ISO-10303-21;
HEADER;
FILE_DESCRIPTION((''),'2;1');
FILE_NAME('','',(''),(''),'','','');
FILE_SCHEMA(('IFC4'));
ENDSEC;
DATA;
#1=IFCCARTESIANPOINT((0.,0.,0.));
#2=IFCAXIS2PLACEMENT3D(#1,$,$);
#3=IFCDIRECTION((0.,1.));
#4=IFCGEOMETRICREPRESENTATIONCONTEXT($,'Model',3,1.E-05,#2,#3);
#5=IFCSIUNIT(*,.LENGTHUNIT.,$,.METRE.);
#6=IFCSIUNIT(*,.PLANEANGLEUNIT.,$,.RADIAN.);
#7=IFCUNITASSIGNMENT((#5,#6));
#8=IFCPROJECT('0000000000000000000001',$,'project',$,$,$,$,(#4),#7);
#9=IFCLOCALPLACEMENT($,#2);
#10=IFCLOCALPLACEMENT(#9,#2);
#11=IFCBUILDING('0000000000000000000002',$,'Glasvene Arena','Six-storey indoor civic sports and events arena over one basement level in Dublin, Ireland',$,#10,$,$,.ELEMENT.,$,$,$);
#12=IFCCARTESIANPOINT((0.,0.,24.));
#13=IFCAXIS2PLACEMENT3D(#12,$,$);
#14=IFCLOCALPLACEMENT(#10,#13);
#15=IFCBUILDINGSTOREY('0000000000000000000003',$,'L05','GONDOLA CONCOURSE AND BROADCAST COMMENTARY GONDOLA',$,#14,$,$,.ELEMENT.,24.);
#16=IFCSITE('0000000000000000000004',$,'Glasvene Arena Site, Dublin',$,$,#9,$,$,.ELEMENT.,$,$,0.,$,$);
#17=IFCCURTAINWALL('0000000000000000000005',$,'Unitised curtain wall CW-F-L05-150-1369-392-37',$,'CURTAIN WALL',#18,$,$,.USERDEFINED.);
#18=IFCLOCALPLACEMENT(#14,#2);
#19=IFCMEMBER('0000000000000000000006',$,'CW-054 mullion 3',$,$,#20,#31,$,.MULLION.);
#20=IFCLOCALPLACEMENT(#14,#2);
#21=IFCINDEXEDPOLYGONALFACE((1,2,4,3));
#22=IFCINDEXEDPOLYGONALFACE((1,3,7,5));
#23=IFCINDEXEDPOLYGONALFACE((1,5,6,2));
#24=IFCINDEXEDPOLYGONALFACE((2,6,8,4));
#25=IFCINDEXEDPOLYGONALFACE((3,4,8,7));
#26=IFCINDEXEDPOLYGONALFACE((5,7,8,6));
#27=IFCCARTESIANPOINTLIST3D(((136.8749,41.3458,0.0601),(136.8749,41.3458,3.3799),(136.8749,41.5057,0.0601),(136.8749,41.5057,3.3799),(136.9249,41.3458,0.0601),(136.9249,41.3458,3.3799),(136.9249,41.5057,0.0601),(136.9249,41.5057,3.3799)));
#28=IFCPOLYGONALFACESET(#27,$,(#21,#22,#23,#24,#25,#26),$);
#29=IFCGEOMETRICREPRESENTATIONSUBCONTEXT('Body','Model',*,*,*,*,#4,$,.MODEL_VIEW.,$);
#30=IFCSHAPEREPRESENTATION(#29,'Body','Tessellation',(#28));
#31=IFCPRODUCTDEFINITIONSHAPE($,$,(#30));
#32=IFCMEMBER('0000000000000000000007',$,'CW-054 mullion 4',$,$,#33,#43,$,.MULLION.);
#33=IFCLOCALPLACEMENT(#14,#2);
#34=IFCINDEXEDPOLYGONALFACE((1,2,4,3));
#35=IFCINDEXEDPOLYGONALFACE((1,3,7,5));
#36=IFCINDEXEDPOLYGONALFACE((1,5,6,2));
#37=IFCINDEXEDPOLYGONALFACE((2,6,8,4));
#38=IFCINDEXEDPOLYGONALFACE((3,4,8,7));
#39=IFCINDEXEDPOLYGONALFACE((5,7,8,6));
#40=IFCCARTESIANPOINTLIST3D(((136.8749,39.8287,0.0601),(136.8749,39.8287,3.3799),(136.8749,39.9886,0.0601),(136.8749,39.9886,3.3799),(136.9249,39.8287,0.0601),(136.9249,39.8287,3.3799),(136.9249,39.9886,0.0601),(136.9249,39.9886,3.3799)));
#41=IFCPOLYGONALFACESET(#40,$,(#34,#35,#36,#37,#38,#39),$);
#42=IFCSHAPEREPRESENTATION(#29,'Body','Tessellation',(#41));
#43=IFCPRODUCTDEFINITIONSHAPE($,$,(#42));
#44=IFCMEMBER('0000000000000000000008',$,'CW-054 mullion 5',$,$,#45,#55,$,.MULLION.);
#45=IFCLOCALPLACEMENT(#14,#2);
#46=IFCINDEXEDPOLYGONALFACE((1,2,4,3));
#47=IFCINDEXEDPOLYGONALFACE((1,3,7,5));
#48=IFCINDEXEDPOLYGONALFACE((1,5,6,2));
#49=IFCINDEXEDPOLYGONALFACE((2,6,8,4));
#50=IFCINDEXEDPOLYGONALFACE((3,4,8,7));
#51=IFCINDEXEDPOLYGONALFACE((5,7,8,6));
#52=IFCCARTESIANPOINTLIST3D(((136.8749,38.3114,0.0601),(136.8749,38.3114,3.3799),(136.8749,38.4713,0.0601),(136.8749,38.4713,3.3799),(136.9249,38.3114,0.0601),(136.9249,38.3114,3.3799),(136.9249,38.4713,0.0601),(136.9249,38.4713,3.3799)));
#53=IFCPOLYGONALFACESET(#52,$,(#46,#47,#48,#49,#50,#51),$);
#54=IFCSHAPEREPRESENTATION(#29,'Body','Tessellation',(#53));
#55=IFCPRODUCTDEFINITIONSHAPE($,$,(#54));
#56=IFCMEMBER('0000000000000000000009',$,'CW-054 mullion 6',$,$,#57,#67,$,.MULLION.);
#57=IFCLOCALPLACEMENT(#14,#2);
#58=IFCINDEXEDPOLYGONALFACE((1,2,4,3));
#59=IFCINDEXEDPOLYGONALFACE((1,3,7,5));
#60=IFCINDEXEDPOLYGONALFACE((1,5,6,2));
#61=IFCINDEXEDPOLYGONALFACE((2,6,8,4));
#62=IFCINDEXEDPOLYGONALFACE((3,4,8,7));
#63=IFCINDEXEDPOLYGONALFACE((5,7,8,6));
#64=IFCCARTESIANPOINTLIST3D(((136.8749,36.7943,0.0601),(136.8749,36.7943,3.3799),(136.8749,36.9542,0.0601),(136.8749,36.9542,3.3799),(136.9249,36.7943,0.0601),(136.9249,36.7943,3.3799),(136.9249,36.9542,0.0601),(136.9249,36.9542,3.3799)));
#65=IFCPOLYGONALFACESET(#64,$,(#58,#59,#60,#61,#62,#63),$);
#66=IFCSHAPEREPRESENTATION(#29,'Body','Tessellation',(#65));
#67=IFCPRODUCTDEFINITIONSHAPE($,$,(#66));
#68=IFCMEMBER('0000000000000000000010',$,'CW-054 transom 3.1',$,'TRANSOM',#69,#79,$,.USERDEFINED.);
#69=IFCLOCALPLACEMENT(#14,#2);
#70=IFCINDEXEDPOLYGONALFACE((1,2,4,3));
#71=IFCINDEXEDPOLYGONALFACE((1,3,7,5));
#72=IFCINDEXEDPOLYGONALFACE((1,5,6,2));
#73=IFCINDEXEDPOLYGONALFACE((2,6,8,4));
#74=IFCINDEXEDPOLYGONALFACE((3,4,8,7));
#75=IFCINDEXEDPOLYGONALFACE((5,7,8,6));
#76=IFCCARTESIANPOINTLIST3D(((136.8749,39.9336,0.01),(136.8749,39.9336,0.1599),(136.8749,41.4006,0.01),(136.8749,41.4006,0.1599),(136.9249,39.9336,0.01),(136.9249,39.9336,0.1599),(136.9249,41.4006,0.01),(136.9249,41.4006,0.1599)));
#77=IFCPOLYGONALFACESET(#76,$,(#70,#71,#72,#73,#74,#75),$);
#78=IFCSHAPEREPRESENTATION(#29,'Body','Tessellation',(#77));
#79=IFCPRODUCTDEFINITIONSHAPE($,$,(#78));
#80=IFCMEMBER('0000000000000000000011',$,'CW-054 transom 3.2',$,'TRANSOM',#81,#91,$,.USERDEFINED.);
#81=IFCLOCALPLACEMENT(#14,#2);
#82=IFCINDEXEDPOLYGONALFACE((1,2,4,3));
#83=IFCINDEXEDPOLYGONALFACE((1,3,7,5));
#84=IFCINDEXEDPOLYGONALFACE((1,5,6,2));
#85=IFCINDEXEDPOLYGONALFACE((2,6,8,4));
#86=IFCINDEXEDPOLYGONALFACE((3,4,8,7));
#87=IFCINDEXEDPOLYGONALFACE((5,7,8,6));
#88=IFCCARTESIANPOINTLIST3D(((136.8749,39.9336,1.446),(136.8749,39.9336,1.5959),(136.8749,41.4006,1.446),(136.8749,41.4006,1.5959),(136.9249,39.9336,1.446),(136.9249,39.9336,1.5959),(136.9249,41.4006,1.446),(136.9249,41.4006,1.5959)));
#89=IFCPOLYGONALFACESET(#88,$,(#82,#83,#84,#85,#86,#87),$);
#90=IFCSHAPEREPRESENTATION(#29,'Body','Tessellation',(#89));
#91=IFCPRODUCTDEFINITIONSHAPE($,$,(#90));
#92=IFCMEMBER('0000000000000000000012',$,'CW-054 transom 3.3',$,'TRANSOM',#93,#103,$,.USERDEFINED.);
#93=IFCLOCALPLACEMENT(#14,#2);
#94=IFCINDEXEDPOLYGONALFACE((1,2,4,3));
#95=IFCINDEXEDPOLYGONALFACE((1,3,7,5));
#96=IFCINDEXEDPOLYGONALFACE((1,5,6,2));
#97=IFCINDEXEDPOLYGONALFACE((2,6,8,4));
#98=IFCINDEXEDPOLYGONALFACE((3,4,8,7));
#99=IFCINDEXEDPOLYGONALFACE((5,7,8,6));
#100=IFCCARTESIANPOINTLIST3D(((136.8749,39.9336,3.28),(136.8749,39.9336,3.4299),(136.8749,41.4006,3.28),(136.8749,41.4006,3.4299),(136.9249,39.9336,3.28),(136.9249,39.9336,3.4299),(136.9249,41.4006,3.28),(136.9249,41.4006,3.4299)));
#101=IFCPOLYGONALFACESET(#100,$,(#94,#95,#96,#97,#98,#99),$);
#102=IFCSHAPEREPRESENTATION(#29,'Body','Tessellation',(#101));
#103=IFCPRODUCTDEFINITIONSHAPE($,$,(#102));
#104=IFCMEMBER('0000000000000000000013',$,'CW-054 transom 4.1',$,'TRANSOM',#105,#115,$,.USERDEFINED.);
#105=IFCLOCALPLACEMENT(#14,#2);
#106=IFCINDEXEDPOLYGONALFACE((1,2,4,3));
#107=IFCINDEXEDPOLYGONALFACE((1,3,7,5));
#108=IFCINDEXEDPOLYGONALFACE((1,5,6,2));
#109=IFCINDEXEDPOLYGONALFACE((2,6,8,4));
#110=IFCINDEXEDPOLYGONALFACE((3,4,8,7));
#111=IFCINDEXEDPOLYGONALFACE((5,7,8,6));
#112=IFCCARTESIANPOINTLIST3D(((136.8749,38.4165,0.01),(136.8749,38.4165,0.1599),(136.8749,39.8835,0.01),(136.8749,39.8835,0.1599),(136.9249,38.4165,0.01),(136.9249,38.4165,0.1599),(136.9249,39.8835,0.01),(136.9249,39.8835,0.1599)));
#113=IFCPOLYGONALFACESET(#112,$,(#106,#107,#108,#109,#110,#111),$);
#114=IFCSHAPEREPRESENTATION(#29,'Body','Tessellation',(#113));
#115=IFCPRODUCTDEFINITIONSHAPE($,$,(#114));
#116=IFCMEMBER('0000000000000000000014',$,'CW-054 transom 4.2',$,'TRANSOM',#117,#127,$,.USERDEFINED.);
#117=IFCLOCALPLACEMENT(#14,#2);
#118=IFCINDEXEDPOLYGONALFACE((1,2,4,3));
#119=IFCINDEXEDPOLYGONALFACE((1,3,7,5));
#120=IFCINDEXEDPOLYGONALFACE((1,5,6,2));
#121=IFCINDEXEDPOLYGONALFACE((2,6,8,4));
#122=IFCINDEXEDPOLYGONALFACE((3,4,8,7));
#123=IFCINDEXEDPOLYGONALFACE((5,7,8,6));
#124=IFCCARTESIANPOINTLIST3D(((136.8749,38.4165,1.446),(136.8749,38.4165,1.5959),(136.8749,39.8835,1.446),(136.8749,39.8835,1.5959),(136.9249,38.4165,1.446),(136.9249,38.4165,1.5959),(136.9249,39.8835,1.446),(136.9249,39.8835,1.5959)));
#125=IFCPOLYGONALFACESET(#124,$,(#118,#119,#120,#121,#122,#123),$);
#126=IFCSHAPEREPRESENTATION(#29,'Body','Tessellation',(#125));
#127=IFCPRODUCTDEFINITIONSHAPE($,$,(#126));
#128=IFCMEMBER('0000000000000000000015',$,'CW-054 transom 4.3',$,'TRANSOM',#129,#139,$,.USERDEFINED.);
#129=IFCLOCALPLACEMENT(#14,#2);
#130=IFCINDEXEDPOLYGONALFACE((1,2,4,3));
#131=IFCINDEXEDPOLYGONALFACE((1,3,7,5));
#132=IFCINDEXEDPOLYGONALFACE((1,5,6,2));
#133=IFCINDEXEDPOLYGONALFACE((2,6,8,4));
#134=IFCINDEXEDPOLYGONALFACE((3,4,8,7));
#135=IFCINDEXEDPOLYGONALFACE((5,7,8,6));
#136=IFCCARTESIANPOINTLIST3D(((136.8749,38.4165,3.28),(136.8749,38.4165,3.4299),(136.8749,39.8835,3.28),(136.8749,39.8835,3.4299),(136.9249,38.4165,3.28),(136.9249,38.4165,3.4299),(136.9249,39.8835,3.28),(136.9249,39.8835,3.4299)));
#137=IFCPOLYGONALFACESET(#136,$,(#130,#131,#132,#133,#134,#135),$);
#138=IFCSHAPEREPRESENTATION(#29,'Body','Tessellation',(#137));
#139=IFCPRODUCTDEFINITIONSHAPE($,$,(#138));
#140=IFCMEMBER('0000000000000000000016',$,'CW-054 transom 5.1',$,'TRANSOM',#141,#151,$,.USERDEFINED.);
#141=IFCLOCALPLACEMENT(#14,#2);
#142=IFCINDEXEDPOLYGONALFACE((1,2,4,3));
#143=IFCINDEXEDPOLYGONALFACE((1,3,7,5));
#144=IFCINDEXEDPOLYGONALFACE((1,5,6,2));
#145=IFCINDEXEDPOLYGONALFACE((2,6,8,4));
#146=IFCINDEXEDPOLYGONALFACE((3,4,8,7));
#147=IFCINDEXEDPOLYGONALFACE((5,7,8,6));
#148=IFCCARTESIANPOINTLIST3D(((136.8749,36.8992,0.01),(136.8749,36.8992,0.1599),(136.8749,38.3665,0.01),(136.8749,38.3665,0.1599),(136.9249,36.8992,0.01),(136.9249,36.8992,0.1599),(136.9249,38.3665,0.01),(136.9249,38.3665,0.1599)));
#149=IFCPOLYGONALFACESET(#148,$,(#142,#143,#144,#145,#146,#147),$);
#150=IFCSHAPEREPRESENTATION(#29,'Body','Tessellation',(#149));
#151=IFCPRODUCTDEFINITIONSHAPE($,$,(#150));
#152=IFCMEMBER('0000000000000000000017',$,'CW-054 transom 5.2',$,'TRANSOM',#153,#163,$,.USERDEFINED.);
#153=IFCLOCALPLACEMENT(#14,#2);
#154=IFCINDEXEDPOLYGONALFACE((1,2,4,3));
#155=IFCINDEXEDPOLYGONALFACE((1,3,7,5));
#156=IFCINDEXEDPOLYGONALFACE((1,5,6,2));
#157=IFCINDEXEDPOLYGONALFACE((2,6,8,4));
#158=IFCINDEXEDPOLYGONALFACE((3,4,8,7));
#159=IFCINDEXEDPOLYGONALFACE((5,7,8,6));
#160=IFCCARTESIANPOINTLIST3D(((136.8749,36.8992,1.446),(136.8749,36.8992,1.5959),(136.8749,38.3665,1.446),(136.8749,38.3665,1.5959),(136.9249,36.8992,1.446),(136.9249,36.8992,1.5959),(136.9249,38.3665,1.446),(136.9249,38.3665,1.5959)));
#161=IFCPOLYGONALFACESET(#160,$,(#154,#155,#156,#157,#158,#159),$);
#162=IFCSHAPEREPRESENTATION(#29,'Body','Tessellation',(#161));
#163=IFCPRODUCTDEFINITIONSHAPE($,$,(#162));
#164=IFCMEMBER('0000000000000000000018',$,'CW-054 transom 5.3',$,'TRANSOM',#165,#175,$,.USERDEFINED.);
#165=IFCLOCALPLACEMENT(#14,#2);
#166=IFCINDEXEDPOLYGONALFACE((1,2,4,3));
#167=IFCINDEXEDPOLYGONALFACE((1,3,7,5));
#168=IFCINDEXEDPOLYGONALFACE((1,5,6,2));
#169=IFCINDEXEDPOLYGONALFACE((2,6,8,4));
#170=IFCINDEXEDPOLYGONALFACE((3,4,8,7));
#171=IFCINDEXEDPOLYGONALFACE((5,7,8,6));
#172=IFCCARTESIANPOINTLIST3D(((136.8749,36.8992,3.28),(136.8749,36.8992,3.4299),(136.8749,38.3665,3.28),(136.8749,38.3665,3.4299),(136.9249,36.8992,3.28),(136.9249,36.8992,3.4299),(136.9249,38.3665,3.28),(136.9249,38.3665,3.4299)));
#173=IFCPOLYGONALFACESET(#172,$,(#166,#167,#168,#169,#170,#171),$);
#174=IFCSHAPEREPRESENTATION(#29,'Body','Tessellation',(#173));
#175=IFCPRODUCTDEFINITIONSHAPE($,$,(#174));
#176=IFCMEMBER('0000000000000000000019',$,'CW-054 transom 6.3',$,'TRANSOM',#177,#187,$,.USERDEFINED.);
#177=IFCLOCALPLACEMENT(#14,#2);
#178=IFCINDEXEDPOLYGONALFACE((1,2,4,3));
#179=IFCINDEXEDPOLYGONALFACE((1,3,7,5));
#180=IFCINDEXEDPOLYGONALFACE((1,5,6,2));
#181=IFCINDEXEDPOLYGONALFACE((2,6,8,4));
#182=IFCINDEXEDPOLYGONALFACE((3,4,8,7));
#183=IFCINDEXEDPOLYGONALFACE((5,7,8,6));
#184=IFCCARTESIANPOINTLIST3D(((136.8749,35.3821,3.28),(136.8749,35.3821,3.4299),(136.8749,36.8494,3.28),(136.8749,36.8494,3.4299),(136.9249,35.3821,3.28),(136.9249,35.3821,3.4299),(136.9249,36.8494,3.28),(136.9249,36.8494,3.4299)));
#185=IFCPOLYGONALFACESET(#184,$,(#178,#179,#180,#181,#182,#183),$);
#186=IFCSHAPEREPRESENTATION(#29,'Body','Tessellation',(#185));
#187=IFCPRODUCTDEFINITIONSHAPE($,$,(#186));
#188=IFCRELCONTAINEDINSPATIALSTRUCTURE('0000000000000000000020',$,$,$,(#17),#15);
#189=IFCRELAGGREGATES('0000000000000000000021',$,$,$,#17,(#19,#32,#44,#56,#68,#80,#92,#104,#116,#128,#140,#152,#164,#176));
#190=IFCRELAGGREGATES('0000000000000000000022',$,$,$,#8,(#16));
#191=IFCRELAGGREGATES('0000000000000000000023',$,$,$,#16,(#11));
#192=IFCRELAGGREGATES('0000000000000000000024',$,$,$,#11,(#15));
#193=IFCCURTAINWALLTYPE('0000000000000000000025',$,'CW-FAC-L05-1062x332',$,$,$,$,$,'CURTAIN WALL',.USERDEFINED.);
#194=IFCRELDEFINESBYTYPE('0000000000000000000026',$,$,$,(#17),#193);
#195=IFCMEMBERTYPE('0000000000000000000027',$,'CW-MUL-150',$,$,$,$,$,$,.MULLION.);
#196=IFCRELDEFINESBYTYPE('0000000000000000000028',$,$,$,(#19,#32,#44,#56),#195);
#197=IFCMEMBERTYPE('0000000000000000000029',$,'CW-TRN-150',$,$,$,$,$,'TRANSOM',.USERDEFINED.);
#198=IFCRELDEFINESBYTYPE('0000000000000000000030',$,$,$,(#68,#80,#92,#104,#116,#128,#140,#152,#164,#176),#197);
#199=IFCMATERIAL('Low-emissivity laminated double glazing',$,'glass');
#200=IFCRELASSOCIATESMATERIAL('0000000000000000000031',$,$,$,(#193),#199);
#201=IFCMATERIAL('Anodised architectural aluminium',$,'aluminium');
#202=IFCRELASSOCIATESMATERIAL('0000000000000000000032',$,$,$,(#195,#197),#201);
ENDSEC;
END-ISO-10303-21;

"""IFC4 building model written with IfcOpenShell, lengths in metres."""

from ifc_helpers import new_model, si_unit, direction, frame, origin, origin_2d, place, context, subcontext, project, spatial, rectangle, extrude, material, material_profile, profile_set, type_object, element, aggregate, save


model = new_model("IFC4")

# Units and contexts
model_context = context("Model", 3, precision=1e-05, world=origin(), true_north=direction((0.0, 1.0)))
body_context = subcontext(model_context, "Body", "Model", "MODEL_VIEW")
ifc_project = project(units=[si_unit("LENGTHUNIT", "METRE"), si_unit("PLANEANGLEUNIT", "RADIAN")], contexts=[model_context])

# Site, building, storey
site_placement = place(None, origin())
site = spatial("IfcSite", under=ifc_project, at=site_placement, Name="Glasvene Arena Site, Dublin", CompositionType="ELEMENT", RefElevation=0.0)
building_placement = place(site_placement, origin())
building = spatial("IfcBuilding", under=site, at=building_placement, Name="Glasvene Arena", Description="Six-storey indoor civic sports and events arena over one basement level in Dublin, Ireland", CompositionType="ELEMENT")
storey_placement = place(building_placement, frame((0.0, 0.0, 24.0)))
storey = spatial("IfcBuildingStorey", under=building, at=storey_placement, Name="L05", Description="GONDOLA CONCOURSE AND BROADCAST COMMENTARY GONDOLA", CompositionType="ELEMENT", Elevation=24.0)

# Curtain wall, members
ifc_material_1 = material(Name="Low-emissivity laminated double glazing", Category="glass")
curtain_wall_type = type_object("IfcCurtainWallType", Name="CW-FAC-L05-1062x332", ElementType="CURTAIN WALL", PredefinedType="USERDEFINED", material=ifc_material_1)
curtain_wall_placement = place(storey_placement, frame((136.8999, 44.46, 0.0)))
curtain_wall = element("IfcCurtainWall", 1, at=curtain_wall_placement, inside=storey, type_object=curtain_wall_type, Name="Unitised curtain wall CW-F-L05-150-1369-392-37", ObjectType="CURTAIN WALL", PredefinedType="USERDEFINED")
ifc_material_2 = material(Name="Anodised architectural aluminium", Category="aluminium")
ifc_material_profile_1 = material_profile(ifc_material_2, rectangle(XDim=0.05, YDim=0.1599, at=origin_2d()), Name="ALU MULLION 50x160")
ifc_profile_set_1 = profile_set([ifc_material_profile_1], Name="Anodised architectural aluminium")
member_type_1 = type_object("IfcMemberType", Name="CW-MUL-150", PredefinedType="MULLION", material=ifc_profile_set_1)
member_1_placement = place(storey_placement, frame((136.8999, 41.4258, 0.0601), z_axis=(0.0, 0.0, 1.0), x_axis=(1.0, 0.0, 0.0)))
member_1 = element("IfcMember", 2, at=member_1_placement, type_object=member_type_1, Name="CW-054 mullion 3", PredefinedType="MULLION", context=body_context, shape_type="SweptSolid", body=[
    extrude(rectangle(XDim=0.05, YDim=0.1599, at=origin_2d()), origin(), (0.0, 0.0, 1.0), 3.3198),
])
member_2_placement = place(storey_placement, frame((136.8999, 39.9087, 0.0601), z_axis=(0.0, 0.0, 1.0), x_axis=(1.0, 0.0, 0.0)))
member_2 = element("IfcMember", 3, at=member_2_placement, type_object=member_type_1, Name="CW-054 mullion 4", PredefinedType="MULLION", context=body_context, shape_type="SweptSolid", body=[
    extrude(rectangle(XDim=0.05, YDim=0.1599, at=origin_2d()), origin(), (0.0, 0.0, 1.0), 3.3198),
])
member_3_placement = place(storey_placement, frame((136.8999, 38.3914, 0.0601), z_axis=(0.0, 0.0, 1.0), x_axis=(1.0, 0.0, 0.0)))
member_3 = element("IfcMember", 4, at=member_3_placement, type_object=member_type_1, Name="CW-054 mullion 5", PredefinedType="MULLION", context=body_context, shape_type="SweptSolid", body=[
    extrude(rectangle(XDim=0.05, YDim=0.1599, at=origin_2d()), origin(), (0.0, 0.0, 1.0), 3.3198),
])
member_4_placement = place(storey_placement, frame((136.8999, 36.8743, 0.0601), z_axis=(0.0, 0.0, 1.0), x_axis=(1.0, 0.0, 0.0)))
member_4 = element("IfcMember", 5, at=member_4_placement, type_object=member_type_1, Name="CW-054 mullion 6", PredefinedType="MULLION", context=body_context, shape_type="SweptSolid", body=[
    extrude(rectangle(XDim=0.05, YDim=0.1599, at=origin_2d()), origin(), (0.0, 0.0, 1.0), 3.3198),
])
ifc_material_profile_2 = material_profile(ifc_material_2, rectangle(XDim=0.05, YDim=0.1499, at=origin_2d()), Name="ALU TRANSOM 50x150")
ifc_profile_set_2 = profile_set([ifc_material_profile_2], Name="Anodised architectural aluminium")
member_type_2 = type_object("IfcMemberType", Name="CW-TRN-150", ElementType="TRANSOM", PredefinedType="USERDEFINED", material=ifc_profile_set_2)
member_5_placement = place(storey_placement, frame((136.8999, 41.4006, 0.085), z_axis=(0.0, -1.0, 0.0), x_axis=(1.0, 0.0, 0.0)))
member_5 = element("IfcMember", 6, at=member_5_placement, type_object=member_type_2, Name="CW-054 transom 3.1", ObjectType="TRANSOM", PredefinedType="USERDEFINED", context=body_context, shape_type="SweptSolid", body=[
    extrude(rectangle(XDim=0.05, YDim=0.1499, at=origin_2d()), origin(), (0.0, 0.0, 1.0), 1.467),
])
member_6_placement = place(storey_placement, frame((136.8999, 41.4006, 1.521), z_axis=(0.0, -1.0, 0.0), x_axis=(1.0, 0.0, 0.0)))
member_6 = element("IfcMember", 7, at=member_6_placement, type_object=member_type_2, Name="CW-054 transom 3.2", ObjectType="TRANSOM", PredefinedType="USERDEFINED", context=body_context, shape_type="SweptSolid", body=[
    extrude(rectangle(XDim=0.05, YDim=0.1499, at=origin_2d()), origin(), (0.0, 0.0, 1.0), 1.467),
])
member_7_placement = place(storey_placement, frame((136.8999, 41.4006, 3.355), z_axis=(0.0, -1.0, 0.0), x_axis=(1.0, 0.0, 0.0)))
member_7 = element("IfcMember", 8, at=member_7_placement, type_object=member_type_2, Name="CW-054 transom 3.3", ObjectType="TRANSOM", PredefinedType="USERDEFINED", context=body_context, shape_type="SweptSolid", body=[
    extrude(rectangle(XDim=0.05, YDim=0.1499, at=origin_2d()), origin(), (0.0, 0.0, 1.0), 1.467),
])
member_8_placement = place(storey_placement, frame((136.8999, 39.8835, 0.085), z_axis=(0.0, -1.0, 0.0), x_axis=(1.0, 0.0, 0.0)))
member_8 = element("IfcMember", 9, at=member_8_placement, type_object=member_type_2, Name="CW-054 transom 4.1", ObjectType="TRANSOM", PredefinedType="USERDEFINED", context=body_context, shape_type="SweptSolid", body=[
    extrude(rectangle(XDim=0.05, YDim=0.1499, at=origin_2d()), origin(), (0.0, 0.0, 1.0), 1.467),
])
member_9_placement = place(storey_placement, frame((136.8999, 39.8835, 1.521), z_axis=(0.0, -1.0, 0.0), x_axis=(1.0, 0.0, 0.0)))
member_9 = element("IfcMember", 10, at=member_9_placement, type_object=member_type_2, Name="CW-054 transom 4.2", ObjectType="TRANSOM", PredefinedType="USERDEFINED", context=body_context, shape_type="SweptSolid", body=[
    extrude(rectangle(XDim=0.05, YDim=0.1499, at=origin_2d()), origin(), (0.0, 0.0, 1.0), 1.467),
])
member_10_placement = place(storey_placement, frame((136.8999, 39.8835, 3.355), z_axis=(0.0, -1.0, 0.0), x_axis=(1.0, 0.0, 0.0)))
member_10 = element("IfcMember", 11, at=member_10_placement, type_object=member_type_2, Name="CW-054 transom 4.3", ObjectType="TRANSOM", PredefinedType="USERDEFINED", context=body_context, shape_type="SweptSolid", body=[
    extrude(rectangle(XDim=0.05, YDim=0.1499, at=origin_2d()), origin(), (0.0, 0.0, 1.0), 1.467),
])
member_11_placement = place(storey_placement, frame((136.8999, 38.3665, 0.085), z_axis=(0.0, -1.0, 0.0), x_axis=(1.0, 0.0, 0.0)))
member_11 = element("IfcMember", 12, at=member_11_placement, type_object=member_type_2, Name="CW-054 transom 5.1", ObjectType="TRANSOM", PredefinedType="USERDEFINED", context=body_context, shape_type="SweptSolid", body=[
    extrude(rectangle(XDim=0.05, YDim=0.1499, at=origin_2d()), origin(), (0.0, 0.0, 1.0), 1.4673),
])
member_12_placement = place(storey_placement, frame((136.8999, 38.3665, 1.521), z_axis=(0.0, -1.0, 0.0), x_axis=(1.0, 0.0, 0.0)))
member_12 = element("IfcMember", 13, at=member_12_placement, type_object=member_type_2, Name="CW-054 transom 5.2", ObjectType="TRANSOM", PredefinedType="USERDEFINED", context=body_context, shape_type="SweptSolid", body=[
    extrude(rectangle(XDim=0.05, YDim=0.1499, at=origin_2d()), origin(), (0.0, 0.0, 1.0), 1.4673),
])
member_13_placement = place(storey_placement, frame((136.8999, 38.3665, 3.355), z_axis=(0.0, -1.0, 0.0), x_axis=(1.0, 0.0, 0.0)))
member_13 = element("IfcMember", 14, at=member_13_placement, type_object=member_type_2, Name="CW-054 transom 5.3", ObjectType="TRANSOM", PredefinedType="USERDEFINED", context=body_context, shape_type="SweptSolid", body=[
    extrude(rectangle(XDim=0.05, YDim=0.1499, at=origin_2d()), origin(), (0.0, 0.0, 1.0), 1.4673),
])
member_14_placement = place(storey_placement, frame((136.8999, 36.8494, 3.355), z_axis=(0.0, -1.0, 0.0), x_axis=(1.0, 0.0, 0.0)))
member_14 = element("IfcMember", 15, at=member_14_placement, type_object=member_type_2, Name="CW-054 transom 6.3", ObjectType="TRANSOM", PredefinedType="USERDEFINED", context=body_context, shape_type="SweptSolid", body=[
    extrude(rectangle(XDim=0.05, YDim=0.1499, at=origin_2d()), origin(), (0.0, 0.0, 1.0), 1.4673),
])
aggregate(curtain_wall, [member_1, member_2, member_3, member_4, member_5, member_6, member_7, member_8, member_9, member_10, member_11, member_12, member_13, member_14])

save(model, "model.ifc")
